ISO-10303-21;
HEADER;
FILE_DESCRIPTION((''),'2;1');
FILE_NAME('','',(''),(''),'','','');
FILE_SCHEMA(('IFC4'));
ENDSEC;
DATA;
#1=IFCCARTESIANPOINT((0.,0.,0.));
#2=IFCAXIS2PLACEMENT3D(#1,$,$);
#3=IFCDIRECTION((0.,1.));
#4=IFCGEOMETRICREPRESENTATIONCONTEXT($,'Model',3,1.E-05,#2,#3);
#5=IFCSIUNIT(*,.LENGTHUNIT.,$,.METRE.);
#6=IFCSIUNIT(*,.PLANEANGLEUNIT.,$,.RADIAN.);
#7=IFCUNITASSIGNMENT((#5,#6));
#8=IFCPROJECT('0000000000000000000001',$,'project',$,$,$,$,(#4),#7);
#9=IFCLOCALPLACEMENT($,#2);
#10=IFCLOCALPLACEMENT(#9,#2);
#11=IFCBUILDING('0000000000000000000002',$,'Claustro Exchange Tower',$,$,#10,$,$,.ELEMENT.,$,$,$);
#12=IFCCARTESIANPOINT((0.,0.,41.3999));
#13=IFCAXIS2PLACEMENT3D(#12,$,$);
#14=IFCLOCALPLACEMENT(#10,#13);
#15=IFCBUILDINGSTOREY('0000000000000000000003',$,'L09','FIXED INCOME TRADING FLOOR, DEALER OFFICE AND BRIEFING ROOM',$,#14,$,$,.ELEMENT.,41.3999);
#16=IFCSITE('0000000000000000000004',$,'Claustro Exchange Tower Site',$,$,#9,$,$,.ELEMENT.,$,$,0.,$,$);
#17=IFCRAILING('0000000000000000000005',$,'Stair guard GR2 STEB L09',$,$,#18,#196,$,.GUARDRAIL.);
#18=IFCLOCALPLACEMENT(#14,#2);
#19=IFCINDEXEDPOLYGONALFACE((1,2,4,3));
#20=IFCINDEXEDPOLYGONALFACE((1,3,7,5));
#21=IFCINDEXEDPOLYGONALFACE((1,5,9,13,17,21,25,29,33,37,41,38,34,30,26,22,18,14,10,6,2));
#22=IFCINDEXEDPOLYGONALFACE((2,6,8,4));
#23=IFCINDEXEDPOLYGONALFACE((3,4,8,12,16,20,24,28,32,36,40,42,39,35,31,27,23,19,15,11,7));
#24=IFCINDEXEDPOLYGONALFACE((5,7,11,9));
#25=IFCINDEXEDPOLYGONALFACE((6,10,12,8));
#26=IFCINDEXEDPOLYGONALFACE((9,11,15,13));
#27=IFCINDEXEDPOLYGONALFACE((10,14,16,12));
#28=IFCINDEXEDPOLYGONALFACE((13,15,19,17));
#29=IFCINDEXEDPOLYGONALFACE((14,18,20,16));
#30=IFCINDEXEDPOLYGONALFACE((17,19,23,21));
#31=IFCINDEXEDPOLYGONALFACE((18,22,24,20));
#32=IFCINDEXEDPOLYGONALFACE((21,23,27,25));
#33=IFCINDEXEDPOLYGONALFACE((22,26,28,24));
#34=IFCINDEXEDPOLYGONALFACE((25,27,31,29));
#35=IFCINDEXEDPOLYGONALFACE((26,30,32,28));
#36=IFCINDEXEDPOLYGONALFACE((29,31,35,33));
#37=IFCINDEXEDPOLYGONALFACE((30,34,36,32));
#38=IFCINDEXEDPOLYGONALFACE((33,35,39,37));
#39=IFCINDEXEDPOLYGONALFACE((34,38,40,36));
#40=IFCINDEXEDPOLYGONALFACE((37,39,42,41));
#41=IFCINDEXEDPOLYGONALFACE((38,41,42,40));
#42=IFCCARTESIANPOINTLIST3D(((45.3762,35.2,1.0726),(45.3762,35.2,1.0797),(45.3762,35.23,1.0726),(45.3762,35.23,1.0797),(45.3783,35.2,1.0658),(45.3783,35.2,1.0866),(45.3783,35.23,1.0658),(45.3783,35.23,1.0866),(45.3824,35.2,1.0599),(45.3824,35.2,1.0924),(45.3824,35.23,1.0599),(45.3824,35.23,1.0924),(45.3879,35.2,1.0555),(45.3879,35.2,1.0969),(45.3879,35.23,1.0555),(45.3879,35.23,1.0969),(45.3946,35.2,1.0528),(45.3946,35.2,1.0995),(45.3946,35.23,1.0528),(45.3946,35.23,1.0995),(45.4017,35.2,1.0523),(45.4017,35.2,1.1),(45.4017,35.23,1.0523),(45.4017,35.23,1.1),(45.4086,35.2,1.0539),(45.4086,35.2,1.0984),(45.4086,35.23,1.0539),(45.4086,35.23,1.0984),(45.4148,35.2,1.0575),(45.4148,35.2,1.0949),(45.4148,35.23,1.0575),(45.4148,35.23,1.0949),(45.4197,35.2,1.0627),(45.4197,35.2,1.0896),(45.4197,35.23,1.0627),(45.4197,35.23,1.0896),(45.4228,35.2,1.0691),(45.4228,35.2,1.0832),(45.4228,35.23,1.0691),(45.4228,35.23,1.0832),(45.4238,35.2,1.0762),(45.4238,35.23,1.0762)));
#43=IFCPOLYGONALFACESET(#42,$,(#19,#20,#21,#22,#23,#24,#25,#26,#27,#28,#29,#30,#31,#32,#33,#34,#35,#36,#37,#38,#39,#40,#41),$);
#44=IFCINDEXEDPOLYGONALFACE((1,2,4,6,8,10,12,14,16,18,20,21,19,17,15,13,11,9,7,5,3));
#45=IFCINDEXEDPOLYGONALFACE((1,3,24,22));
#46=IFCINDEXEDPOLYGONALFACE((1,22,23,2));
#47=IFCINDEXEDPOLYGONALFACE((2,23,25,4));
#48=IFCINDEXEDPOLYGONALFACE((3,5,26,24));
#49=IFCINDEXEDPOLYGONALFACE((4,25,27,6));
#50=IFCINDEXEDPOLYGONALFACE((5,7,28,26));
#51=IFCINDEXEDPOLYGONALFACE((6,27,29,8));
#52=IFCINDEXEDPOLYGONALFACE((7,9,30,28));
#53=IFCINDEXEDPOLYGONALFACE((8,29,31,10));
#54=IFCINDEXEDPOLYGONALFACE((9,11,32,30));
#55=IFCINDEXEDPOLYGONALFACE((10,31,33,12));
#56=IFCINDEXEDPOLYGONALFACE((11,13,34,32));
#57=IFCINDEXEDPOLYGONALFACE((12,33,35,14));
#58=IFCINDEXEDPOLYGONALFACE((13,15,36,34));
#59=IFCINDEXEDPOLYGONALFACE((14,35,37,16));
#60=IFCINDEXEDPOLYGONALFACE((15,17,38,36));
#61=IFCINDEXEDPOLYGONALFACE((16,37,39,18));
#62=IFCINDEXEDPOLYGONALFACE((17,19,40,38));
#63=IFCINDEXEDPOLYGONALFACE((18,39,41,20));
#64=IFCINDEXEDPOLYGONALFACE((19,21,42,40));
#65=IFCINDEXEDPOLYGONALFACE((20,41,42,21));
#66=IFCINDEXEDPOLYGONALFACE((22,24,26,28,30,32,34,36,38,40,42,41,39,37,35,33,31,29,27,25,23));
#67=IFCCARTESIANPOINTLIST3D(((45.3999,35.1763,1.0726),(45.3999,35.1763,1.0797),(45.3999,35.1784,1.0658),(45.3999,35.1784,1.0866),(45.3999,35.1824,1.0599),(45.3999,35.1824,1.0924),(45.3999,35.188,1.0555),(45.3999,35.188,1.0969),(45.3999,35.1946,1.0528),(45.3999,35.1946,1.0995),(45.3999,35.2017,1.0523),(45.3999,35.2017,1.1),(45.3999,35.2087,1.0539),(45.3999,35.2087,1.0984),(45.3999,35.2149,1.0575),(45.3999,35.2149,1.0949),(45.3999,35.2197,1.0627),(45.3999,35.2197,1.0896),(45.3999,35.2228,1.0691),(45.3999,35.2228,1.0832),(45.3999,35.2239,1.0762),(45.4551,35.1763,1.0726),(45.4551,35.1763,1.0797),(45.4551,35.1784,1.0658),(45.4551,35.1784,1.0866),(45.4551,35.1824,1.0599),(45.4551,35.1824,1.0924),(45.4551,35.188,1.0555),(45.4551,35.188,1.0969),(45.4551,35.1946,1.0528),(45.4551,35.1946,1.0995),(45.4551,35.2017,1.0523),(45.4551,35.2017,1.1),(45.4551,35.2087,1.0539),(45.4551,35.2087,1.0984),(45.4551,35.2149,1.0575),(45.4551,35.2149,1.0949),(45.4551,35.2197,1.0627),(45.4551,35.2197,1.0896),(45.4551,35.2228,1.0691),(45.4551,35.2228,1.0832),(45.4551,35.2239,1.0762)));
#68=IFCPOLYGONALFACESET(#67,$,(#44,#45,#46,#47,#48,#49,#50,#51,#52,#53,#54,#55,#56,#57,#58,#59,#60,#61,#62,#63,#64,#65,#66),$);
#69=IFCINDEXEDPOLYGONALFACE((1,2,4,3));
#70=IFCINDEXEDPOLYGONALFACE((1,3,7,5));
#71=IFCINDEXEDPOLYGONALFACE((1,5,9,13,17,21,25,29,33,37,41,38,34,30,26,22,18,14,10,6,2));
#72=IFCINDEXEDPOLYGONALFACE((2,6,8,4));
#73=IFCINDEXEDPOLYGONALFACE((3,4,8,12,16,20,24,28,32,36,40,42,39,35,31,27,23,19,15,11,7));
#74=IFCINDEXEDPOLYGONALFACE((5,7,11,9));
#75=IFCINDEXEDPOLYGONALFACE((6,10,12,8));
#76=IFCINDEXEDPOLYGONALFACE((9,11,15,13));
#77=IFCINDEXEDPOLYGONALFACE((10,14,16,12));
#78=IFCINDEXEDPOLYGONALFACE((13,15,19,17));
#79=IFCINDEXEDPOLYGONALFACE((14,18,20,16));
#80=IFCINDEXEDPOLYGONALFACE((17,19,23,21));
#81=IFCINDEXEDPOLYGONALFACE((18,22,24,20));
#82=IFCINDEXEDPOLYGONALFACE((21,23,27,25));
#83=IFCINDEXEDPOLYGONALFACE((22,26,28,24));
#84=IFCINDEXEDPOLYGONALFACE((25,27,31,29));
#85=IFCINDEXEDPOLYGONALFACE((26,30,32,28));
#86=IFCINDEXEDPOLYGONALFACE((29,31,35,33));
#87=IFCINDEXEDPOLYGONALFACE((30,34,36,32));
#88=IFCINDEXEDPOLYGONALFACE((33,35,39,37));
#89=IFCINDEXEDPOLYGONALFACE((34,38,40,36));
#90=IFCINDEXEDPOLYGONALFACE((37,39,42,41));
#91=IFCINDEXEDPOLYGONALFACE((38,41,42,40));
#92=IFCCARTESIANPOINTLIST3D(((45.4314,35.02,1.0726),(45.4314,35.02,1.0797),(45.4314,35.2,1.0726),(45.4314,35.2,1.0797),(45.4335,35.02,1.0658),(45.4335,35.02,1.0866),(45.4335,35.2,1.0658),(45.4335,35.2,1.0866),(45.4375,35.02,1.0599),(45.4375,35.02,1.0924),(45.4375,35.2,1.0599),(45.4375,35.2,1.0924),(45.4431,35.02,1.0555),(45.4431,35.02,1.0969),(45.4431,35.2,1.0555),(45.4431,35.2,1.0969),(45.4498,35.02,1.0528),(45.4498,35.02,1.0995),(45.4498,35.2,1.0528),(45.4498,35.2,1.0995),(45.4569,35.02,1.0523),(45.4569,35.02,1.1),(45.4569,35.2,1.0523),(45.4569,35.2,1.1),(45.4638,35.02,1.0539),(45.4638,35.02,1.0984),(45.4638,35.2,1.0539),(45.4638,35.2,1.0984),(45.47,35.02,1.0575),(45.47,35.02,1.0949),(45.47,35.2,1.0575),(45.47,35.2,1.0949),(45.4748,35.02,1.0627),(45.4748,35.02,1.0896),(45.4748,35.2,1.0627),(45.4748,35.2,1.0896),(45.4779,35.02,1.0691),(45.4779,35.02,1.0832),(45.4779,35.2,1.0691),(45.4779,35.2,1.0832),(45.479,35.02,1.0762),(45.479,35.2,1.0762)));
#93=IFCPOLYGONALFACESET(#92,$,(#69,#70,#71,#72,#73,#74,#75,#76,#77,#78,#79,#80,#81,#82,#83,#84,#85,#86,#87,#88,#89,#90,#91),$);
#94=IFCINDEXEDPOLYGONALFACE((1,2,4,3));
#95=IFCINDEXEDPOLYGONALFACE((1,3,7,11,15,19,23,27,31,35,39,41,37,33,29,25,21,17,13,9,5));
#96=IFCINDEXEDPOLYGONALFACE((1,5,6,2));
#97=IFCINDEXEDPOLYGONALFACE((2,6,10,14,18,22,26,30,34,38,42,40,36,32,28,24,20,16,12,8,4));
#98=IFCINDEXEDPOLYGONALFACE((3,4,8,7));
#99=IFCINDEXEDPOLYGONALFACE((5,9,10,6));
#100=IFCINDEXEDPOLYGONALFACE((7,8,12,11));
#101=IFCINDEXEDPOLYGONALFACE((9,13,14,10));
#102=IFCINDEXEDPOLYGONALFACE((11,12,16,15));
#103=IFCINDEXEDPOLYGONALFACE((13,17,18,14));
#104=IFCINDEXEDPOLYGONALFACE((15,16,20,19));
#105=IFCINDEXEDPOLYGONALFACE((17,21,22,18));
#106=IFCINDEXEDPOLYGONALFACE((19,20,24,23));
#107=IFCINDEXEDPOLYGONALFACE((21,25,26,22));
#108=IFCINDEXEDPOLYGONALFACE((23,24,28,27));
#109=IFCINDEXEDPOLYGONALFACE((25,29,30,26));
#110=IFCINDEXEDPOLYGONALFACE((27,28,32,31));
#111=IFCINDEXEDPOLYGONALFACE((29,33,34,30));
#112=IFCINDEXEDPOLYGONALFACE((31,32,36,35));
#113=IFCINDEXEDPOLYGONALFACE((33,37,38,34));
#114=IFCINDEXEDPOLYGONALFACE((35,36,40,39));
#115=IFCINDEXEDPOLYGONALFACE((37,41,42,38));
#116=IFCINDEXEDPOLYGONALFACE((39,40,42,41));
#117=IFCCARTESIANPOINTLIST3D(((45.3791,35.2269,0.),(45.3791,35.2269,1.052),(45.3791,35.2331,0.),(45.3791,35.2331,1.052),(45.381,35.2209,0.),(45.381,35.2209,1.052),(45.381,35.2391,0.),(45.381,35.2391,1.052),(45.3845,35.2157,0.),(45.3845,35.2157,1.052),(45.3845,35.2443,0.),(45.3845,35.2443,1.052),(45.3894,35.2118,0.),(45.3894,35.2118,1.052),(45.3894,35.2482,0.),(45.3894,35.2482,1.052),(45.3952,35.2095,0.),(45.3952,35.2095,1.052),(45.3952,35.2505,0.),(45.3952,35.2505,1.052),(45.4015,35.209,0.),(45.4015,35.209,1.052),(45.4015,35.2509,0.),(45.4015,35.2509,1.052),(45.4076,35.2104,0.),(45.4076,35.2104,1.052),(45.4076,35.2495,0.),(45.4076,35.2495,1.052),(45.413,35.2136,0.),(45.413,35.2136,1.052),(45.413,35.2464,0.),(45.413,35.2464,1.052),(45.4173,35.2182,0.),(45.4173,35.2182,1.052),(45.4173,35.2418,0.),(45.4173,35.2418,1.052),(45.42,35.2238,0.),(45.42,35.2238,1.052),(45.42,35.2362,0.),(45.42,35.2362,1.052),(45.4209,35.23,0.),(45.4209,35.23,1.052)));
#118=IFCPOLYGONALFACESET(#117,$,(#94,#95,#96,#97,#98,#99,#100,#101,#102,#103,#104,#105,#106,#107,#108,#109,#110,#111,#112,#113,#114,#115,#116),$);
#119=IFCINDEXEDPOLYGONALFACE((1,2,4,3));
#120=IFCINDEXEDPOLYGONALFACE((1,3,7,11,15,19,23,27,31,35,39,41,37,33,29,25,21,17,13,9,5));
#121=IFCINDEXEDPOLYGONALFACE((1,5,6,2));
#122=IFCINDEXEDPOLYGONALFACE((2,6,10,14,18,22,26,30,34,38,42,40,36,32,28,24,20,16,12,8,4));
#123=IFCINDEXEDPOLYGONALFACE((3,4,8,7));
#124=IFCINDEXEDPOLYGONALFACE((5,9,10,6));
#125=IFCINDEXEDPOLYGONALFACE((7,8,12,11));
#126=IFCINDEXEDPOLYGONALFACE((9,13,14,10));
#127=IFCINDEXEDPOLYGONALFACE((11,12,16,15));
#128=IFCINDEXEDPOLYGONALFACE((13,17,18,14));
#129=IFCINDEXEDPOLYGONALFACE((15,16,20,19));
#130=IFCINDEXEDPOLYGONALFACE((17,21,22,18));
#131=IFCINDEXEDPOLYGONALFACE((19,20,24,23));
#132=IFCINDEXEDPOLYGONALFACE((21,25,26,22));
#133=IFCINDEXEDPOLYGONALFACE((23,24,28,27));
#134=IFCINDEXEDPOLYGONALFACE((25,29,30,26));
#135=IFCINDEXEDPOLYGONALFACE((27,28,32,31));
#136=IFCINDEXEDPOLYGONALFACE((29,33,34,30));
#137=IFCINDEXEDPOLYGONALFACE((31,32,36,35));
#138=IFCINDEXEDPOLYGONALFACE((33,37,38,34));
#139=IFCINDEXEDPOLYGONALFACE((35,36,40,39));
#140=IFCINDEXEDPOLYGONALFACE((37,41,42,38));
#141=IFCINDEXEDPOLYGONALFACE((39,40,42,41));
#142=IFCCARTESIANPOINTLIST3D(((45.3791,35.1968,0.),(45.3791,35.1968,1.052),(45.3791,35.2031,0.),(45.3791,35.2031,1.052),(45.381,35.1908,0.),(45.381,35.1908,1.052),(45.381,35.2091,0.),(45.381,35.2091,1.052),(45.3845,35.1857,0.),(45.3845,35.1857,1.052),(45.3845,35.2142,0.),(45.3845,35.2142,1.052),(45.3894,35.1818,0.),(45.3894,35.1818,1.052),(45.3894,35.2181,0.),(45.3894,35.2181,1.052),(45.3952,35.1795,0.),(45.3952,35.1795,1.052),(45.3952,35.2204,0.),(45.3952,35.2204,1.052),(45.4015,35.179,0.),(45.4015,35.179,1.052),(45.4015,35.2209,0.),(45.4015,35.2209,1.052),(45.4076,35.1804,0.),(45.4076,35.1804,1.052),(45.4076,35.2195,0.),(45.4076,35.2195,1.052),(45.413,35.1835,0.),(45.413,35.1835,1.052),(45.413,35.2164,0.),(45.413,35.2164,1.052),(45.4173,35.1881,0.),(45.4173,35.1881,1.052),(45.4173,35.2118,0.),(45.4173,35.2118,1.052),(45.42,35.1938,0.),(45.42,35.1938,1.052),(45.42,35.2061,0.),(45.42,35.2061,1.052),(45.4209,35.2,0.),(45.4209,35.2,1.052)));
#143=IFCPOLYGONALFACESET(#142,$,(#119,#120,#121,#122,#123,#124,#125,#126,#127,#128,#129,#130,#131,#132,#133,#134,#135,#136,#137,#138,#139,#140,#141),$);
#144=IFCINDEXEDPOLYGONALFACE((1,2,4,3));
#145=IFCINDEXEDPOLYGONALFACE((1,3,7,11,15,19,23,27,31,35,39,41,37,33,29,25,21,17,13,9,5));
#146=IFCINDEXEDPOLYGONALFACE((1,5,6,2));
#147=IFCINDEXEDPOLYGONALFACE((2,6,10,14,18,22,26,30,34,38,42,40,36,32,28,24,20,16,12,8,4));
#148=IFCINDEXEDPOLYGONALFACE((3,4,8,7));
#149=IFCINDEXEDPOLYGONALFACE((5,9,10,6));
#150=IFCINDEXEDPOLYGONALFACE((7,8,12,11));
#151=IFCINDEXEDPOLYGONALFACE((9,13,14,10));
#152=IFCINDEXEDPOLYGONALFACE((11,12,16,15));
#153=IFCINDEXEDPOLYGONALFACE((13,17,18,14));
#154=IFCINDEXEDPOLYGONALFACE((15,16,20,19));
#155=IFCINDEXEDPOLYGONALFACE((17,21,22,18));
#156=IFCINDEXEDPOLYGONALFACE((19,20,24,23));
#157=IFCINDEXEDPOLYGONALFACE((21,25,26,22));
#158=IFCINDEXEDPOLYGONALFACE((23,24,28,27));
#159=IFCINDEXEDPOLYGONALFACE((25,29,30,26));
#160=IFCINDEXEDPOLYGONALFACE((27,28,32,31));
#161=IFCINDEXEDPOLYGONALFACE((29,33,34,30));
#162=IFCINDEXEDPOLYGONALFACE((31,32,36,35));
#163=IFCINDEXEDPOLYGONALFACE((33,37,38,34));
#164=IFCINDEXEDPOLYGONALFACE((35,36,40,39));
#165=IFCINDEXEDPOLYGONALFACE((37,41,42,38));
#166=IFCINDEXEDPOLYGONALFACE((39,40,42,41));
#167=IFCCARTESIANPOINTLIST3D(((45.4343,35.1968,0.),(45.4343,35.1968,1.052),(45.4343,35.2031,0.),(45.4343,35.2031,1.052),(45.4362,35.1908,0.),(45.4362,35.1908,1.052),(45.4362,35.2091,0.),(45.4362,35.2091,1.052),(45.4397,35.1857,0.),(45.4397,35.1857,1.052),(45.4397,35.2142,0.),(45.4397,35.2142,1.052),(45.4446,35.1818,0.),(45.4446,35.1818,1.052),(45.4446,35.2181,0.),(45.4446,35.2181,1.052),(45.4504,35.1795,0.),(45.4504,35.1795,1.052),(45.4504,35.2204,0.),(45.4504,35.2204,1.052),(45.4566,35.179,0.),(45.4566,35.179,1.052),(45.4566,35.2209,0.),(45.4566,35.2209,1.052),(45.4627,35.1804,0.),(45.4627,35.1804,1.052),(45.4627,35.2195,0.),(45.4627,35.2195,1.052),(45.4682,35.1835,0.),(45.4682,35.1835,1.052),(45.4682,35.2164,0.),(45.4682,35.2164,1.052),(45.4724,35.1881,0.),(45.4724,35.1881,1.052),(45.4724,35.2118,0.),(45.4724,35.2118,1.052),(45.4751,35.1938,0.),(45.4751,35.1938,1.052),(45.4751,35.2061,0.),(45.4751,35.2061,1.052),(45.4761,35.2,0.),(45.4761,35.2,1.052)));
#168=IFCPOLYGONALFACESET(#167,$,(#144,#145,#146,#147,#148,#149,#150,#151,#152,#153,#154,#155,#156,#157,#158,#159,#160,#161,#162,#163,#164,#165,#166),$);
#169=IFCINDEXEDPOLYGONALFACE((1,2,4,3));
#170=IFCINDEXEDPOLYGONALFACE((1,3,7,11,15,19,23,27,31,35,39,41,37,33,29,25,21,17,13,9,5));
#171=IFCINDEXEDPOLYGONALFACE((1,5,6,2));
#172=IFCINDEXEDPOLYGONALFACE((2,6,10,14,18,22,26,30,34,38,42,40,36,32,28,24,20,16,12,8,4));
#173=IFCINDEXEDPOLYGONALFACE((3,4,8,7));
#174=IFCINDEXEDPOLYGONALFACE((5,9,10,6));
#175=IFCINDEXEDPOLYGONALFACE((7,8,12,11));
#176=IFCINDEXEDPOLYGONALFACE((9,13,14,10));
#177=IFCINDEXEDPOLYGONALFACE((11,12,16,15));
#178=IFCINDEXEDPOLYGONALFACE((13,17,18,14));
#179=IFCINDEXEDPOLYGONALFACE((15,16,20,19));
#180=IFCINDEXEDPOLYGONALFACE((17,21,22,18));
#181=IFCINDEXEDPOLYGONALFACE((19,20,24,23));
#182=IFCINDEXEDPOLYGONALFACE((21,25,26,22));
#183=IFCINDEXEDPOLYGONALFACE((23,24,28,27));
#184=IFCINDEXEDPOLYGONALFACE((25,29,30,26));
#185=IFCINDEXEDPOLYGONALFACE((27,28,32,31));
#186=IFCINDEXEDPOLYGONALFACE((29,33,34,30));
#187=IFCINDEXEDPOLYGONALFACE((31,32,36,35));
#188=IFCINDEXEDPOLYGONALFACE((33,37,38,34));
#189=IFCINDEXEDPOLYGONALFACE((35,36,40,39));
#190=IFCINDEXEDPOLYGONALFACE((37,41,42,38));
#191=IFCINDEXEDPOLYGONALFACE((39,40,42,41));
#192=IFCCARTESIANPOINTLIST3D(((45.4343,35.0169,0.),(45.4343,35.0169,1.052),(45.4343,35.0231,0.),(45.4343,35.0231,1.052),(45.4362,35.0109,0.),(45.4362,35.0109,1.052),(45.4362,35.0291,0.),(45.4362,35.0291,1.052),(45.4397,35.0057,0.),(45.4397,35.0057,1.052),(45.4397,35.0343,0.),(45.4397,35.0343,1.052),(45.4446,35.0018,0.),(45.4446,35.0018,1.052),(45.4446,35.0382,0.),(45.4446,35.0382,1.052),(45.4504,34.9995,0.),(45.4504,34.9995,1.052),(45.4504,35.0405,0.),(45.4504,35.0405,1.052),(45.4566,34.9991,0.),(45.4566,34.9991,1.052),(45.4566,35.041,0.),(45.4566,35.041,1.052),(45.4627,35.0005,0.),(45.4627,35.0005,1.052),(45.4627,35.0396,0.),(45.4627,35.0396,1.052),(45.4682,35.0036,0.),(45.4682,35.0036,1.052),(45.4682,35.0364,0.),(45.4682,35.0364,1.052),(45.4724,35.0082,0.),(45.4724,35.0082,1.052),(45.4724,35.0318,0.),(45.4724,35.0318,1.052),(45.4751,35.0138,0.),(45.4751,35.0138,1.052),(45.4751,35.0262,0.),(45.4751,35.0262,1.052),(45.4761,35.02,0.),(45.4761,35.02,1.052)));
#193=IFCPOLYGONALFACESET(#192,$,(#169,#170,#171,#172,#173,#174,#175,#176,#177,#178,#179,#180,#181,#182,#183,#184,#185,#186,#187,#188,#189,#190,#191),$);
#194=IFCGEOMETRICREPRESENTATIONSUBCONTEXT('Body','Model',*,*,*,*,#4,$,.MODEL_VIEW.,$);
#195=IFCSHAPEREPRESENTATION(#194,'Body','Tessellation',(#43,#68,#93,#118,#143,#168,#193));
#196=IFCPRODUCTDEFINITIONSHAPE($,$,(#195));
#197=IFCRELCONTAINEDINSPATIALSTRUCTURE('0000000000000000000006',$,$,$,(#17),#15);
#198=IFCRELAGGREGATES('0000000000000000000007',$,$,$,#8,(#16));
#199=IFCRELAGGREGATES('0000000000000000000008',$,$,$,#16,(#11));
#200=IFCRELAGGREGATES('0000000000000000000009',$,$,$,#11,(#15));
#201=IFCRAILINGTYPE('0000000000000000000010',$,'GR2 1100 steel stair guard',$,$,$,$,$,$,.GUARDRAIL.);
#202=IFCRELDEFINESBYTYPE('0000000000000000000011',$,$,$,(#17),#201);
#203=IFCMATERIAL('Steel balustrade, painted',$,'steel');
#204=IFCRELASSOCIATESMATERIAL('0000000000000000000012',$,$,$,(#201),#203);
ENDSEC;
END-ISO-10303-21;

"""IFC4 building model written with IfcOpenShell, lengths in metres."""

from ifc_helpers import new_model, si_unit, direction, frame, origin, origin_2d, place, context, subcontext, project, spatial, circle, extrude, material, type_object, element, save


model = new_model("IFC4")

# Units and contexts
model_context = context("Model", 3, precision=1e-05, world=origin(), true_north=direction((0.0, 1.0)))
body_context = subcontext(model_context, "Body", "Model", "MODEL_VIEW")
ifc_project = project(units=[si_unit("LENGTHUNIT", "METRE"), si_unit("PLANEANGLEUNIT", "RADIAN")], contexts=[model_context])

# Site, building, storey
site_placement = place(None, origin())
site = spatial("IfcSite", under=ifc_project, at=site_placement, Name="Claustro Exchange Tower Site", CompositionType="ELEMENT", RefElevation=0.0)
building_placement = place(site_placement, origin())
building = spatial("IfcBuilding", under=site, at=building_placement, Name="Claustro Exchange Tower", CompositionType="ELEMENT")
storey_placement = place(building_placement, frame((0.0, 0.0, 41.3999)))
storey = spatial("IfcBuildingStorey", under=building, at=storey_placement, Name="L09", Description="FIXED INCOME TRADING FLOOR, DEALER OFFICE AND BRIEFING ROOM", CompositionType="ELEMENT", Elevation=41.3999)

# Railing
ifc_material_1 = material(Name="Steel balustrade, painted", Category="steel")
railing_type_1 = type_object("IfcRailingType", Name="GR2 1100 steel stair guard", PredefinedType="GUARDRAIL", material=ifc_material_1)
railing_1_placement = place(storey_placement, frame((45.3999, 35.23, 0.0)))
element("IfcRailing", 1, at=railing_1_placement, inside=storey, type_object=railing_type_1, Name="Stair guard GR2 STEB L09", PredefinedType="GUARDRAIL", context=body_context, shape_type="SweptSolid", body=[
    extrude(circle(Radius=0.0239, at=origin_2d()), frame((0.0, 0.0, 1.0762), z_axis=(0.0, -1.0, 0.0), x_axis=(1.0, 0.0, 0.0)), (0.0, 0.0, 1.0), 0.03),
    extrude(circle(Radius=0.0239, at=origin_2d()), frame((0.0, -0.03, 1.0762), z_axis=(1.0, 0.0, 0.0), x_axis=(0.0, 1.0, 0.0)), (0.0, 0.0, 1.0), 0.0552),
    extrude(circle(Radius=0.0239, at=origin_2d()), frame((0.0552, -0.03, 1.0762), z_axis=(0.0, -1.0, 0.0), x_axis=(1.0, 0.0, 0.0)), (0.0, 0.0, 1.0), 0.1799),
    extrude(circle(Radius=0.021, at=origin_2d()), origin(), (0.0, 0.0, 1.0), 1.052),
    extrude(circle(Radius=0.021, at=origin_2d()), frame((0.0, -0.03, 0.0)), (0.0, 0.0, 1.0), 1.052),
    extrude(circle(Radius=0.021, at=origin_2d()), frame((0.0552, -0.03, 0.0)), (0.0, 0.0, 1.0), 1.052),
    extrude(circle(Radius=0.021, at=origin_2d()), frame((0.0552, -0.21, 0.0)), (0.0, 0.0, 1.0), 1.052),
])

save(model, "model.ifc")
